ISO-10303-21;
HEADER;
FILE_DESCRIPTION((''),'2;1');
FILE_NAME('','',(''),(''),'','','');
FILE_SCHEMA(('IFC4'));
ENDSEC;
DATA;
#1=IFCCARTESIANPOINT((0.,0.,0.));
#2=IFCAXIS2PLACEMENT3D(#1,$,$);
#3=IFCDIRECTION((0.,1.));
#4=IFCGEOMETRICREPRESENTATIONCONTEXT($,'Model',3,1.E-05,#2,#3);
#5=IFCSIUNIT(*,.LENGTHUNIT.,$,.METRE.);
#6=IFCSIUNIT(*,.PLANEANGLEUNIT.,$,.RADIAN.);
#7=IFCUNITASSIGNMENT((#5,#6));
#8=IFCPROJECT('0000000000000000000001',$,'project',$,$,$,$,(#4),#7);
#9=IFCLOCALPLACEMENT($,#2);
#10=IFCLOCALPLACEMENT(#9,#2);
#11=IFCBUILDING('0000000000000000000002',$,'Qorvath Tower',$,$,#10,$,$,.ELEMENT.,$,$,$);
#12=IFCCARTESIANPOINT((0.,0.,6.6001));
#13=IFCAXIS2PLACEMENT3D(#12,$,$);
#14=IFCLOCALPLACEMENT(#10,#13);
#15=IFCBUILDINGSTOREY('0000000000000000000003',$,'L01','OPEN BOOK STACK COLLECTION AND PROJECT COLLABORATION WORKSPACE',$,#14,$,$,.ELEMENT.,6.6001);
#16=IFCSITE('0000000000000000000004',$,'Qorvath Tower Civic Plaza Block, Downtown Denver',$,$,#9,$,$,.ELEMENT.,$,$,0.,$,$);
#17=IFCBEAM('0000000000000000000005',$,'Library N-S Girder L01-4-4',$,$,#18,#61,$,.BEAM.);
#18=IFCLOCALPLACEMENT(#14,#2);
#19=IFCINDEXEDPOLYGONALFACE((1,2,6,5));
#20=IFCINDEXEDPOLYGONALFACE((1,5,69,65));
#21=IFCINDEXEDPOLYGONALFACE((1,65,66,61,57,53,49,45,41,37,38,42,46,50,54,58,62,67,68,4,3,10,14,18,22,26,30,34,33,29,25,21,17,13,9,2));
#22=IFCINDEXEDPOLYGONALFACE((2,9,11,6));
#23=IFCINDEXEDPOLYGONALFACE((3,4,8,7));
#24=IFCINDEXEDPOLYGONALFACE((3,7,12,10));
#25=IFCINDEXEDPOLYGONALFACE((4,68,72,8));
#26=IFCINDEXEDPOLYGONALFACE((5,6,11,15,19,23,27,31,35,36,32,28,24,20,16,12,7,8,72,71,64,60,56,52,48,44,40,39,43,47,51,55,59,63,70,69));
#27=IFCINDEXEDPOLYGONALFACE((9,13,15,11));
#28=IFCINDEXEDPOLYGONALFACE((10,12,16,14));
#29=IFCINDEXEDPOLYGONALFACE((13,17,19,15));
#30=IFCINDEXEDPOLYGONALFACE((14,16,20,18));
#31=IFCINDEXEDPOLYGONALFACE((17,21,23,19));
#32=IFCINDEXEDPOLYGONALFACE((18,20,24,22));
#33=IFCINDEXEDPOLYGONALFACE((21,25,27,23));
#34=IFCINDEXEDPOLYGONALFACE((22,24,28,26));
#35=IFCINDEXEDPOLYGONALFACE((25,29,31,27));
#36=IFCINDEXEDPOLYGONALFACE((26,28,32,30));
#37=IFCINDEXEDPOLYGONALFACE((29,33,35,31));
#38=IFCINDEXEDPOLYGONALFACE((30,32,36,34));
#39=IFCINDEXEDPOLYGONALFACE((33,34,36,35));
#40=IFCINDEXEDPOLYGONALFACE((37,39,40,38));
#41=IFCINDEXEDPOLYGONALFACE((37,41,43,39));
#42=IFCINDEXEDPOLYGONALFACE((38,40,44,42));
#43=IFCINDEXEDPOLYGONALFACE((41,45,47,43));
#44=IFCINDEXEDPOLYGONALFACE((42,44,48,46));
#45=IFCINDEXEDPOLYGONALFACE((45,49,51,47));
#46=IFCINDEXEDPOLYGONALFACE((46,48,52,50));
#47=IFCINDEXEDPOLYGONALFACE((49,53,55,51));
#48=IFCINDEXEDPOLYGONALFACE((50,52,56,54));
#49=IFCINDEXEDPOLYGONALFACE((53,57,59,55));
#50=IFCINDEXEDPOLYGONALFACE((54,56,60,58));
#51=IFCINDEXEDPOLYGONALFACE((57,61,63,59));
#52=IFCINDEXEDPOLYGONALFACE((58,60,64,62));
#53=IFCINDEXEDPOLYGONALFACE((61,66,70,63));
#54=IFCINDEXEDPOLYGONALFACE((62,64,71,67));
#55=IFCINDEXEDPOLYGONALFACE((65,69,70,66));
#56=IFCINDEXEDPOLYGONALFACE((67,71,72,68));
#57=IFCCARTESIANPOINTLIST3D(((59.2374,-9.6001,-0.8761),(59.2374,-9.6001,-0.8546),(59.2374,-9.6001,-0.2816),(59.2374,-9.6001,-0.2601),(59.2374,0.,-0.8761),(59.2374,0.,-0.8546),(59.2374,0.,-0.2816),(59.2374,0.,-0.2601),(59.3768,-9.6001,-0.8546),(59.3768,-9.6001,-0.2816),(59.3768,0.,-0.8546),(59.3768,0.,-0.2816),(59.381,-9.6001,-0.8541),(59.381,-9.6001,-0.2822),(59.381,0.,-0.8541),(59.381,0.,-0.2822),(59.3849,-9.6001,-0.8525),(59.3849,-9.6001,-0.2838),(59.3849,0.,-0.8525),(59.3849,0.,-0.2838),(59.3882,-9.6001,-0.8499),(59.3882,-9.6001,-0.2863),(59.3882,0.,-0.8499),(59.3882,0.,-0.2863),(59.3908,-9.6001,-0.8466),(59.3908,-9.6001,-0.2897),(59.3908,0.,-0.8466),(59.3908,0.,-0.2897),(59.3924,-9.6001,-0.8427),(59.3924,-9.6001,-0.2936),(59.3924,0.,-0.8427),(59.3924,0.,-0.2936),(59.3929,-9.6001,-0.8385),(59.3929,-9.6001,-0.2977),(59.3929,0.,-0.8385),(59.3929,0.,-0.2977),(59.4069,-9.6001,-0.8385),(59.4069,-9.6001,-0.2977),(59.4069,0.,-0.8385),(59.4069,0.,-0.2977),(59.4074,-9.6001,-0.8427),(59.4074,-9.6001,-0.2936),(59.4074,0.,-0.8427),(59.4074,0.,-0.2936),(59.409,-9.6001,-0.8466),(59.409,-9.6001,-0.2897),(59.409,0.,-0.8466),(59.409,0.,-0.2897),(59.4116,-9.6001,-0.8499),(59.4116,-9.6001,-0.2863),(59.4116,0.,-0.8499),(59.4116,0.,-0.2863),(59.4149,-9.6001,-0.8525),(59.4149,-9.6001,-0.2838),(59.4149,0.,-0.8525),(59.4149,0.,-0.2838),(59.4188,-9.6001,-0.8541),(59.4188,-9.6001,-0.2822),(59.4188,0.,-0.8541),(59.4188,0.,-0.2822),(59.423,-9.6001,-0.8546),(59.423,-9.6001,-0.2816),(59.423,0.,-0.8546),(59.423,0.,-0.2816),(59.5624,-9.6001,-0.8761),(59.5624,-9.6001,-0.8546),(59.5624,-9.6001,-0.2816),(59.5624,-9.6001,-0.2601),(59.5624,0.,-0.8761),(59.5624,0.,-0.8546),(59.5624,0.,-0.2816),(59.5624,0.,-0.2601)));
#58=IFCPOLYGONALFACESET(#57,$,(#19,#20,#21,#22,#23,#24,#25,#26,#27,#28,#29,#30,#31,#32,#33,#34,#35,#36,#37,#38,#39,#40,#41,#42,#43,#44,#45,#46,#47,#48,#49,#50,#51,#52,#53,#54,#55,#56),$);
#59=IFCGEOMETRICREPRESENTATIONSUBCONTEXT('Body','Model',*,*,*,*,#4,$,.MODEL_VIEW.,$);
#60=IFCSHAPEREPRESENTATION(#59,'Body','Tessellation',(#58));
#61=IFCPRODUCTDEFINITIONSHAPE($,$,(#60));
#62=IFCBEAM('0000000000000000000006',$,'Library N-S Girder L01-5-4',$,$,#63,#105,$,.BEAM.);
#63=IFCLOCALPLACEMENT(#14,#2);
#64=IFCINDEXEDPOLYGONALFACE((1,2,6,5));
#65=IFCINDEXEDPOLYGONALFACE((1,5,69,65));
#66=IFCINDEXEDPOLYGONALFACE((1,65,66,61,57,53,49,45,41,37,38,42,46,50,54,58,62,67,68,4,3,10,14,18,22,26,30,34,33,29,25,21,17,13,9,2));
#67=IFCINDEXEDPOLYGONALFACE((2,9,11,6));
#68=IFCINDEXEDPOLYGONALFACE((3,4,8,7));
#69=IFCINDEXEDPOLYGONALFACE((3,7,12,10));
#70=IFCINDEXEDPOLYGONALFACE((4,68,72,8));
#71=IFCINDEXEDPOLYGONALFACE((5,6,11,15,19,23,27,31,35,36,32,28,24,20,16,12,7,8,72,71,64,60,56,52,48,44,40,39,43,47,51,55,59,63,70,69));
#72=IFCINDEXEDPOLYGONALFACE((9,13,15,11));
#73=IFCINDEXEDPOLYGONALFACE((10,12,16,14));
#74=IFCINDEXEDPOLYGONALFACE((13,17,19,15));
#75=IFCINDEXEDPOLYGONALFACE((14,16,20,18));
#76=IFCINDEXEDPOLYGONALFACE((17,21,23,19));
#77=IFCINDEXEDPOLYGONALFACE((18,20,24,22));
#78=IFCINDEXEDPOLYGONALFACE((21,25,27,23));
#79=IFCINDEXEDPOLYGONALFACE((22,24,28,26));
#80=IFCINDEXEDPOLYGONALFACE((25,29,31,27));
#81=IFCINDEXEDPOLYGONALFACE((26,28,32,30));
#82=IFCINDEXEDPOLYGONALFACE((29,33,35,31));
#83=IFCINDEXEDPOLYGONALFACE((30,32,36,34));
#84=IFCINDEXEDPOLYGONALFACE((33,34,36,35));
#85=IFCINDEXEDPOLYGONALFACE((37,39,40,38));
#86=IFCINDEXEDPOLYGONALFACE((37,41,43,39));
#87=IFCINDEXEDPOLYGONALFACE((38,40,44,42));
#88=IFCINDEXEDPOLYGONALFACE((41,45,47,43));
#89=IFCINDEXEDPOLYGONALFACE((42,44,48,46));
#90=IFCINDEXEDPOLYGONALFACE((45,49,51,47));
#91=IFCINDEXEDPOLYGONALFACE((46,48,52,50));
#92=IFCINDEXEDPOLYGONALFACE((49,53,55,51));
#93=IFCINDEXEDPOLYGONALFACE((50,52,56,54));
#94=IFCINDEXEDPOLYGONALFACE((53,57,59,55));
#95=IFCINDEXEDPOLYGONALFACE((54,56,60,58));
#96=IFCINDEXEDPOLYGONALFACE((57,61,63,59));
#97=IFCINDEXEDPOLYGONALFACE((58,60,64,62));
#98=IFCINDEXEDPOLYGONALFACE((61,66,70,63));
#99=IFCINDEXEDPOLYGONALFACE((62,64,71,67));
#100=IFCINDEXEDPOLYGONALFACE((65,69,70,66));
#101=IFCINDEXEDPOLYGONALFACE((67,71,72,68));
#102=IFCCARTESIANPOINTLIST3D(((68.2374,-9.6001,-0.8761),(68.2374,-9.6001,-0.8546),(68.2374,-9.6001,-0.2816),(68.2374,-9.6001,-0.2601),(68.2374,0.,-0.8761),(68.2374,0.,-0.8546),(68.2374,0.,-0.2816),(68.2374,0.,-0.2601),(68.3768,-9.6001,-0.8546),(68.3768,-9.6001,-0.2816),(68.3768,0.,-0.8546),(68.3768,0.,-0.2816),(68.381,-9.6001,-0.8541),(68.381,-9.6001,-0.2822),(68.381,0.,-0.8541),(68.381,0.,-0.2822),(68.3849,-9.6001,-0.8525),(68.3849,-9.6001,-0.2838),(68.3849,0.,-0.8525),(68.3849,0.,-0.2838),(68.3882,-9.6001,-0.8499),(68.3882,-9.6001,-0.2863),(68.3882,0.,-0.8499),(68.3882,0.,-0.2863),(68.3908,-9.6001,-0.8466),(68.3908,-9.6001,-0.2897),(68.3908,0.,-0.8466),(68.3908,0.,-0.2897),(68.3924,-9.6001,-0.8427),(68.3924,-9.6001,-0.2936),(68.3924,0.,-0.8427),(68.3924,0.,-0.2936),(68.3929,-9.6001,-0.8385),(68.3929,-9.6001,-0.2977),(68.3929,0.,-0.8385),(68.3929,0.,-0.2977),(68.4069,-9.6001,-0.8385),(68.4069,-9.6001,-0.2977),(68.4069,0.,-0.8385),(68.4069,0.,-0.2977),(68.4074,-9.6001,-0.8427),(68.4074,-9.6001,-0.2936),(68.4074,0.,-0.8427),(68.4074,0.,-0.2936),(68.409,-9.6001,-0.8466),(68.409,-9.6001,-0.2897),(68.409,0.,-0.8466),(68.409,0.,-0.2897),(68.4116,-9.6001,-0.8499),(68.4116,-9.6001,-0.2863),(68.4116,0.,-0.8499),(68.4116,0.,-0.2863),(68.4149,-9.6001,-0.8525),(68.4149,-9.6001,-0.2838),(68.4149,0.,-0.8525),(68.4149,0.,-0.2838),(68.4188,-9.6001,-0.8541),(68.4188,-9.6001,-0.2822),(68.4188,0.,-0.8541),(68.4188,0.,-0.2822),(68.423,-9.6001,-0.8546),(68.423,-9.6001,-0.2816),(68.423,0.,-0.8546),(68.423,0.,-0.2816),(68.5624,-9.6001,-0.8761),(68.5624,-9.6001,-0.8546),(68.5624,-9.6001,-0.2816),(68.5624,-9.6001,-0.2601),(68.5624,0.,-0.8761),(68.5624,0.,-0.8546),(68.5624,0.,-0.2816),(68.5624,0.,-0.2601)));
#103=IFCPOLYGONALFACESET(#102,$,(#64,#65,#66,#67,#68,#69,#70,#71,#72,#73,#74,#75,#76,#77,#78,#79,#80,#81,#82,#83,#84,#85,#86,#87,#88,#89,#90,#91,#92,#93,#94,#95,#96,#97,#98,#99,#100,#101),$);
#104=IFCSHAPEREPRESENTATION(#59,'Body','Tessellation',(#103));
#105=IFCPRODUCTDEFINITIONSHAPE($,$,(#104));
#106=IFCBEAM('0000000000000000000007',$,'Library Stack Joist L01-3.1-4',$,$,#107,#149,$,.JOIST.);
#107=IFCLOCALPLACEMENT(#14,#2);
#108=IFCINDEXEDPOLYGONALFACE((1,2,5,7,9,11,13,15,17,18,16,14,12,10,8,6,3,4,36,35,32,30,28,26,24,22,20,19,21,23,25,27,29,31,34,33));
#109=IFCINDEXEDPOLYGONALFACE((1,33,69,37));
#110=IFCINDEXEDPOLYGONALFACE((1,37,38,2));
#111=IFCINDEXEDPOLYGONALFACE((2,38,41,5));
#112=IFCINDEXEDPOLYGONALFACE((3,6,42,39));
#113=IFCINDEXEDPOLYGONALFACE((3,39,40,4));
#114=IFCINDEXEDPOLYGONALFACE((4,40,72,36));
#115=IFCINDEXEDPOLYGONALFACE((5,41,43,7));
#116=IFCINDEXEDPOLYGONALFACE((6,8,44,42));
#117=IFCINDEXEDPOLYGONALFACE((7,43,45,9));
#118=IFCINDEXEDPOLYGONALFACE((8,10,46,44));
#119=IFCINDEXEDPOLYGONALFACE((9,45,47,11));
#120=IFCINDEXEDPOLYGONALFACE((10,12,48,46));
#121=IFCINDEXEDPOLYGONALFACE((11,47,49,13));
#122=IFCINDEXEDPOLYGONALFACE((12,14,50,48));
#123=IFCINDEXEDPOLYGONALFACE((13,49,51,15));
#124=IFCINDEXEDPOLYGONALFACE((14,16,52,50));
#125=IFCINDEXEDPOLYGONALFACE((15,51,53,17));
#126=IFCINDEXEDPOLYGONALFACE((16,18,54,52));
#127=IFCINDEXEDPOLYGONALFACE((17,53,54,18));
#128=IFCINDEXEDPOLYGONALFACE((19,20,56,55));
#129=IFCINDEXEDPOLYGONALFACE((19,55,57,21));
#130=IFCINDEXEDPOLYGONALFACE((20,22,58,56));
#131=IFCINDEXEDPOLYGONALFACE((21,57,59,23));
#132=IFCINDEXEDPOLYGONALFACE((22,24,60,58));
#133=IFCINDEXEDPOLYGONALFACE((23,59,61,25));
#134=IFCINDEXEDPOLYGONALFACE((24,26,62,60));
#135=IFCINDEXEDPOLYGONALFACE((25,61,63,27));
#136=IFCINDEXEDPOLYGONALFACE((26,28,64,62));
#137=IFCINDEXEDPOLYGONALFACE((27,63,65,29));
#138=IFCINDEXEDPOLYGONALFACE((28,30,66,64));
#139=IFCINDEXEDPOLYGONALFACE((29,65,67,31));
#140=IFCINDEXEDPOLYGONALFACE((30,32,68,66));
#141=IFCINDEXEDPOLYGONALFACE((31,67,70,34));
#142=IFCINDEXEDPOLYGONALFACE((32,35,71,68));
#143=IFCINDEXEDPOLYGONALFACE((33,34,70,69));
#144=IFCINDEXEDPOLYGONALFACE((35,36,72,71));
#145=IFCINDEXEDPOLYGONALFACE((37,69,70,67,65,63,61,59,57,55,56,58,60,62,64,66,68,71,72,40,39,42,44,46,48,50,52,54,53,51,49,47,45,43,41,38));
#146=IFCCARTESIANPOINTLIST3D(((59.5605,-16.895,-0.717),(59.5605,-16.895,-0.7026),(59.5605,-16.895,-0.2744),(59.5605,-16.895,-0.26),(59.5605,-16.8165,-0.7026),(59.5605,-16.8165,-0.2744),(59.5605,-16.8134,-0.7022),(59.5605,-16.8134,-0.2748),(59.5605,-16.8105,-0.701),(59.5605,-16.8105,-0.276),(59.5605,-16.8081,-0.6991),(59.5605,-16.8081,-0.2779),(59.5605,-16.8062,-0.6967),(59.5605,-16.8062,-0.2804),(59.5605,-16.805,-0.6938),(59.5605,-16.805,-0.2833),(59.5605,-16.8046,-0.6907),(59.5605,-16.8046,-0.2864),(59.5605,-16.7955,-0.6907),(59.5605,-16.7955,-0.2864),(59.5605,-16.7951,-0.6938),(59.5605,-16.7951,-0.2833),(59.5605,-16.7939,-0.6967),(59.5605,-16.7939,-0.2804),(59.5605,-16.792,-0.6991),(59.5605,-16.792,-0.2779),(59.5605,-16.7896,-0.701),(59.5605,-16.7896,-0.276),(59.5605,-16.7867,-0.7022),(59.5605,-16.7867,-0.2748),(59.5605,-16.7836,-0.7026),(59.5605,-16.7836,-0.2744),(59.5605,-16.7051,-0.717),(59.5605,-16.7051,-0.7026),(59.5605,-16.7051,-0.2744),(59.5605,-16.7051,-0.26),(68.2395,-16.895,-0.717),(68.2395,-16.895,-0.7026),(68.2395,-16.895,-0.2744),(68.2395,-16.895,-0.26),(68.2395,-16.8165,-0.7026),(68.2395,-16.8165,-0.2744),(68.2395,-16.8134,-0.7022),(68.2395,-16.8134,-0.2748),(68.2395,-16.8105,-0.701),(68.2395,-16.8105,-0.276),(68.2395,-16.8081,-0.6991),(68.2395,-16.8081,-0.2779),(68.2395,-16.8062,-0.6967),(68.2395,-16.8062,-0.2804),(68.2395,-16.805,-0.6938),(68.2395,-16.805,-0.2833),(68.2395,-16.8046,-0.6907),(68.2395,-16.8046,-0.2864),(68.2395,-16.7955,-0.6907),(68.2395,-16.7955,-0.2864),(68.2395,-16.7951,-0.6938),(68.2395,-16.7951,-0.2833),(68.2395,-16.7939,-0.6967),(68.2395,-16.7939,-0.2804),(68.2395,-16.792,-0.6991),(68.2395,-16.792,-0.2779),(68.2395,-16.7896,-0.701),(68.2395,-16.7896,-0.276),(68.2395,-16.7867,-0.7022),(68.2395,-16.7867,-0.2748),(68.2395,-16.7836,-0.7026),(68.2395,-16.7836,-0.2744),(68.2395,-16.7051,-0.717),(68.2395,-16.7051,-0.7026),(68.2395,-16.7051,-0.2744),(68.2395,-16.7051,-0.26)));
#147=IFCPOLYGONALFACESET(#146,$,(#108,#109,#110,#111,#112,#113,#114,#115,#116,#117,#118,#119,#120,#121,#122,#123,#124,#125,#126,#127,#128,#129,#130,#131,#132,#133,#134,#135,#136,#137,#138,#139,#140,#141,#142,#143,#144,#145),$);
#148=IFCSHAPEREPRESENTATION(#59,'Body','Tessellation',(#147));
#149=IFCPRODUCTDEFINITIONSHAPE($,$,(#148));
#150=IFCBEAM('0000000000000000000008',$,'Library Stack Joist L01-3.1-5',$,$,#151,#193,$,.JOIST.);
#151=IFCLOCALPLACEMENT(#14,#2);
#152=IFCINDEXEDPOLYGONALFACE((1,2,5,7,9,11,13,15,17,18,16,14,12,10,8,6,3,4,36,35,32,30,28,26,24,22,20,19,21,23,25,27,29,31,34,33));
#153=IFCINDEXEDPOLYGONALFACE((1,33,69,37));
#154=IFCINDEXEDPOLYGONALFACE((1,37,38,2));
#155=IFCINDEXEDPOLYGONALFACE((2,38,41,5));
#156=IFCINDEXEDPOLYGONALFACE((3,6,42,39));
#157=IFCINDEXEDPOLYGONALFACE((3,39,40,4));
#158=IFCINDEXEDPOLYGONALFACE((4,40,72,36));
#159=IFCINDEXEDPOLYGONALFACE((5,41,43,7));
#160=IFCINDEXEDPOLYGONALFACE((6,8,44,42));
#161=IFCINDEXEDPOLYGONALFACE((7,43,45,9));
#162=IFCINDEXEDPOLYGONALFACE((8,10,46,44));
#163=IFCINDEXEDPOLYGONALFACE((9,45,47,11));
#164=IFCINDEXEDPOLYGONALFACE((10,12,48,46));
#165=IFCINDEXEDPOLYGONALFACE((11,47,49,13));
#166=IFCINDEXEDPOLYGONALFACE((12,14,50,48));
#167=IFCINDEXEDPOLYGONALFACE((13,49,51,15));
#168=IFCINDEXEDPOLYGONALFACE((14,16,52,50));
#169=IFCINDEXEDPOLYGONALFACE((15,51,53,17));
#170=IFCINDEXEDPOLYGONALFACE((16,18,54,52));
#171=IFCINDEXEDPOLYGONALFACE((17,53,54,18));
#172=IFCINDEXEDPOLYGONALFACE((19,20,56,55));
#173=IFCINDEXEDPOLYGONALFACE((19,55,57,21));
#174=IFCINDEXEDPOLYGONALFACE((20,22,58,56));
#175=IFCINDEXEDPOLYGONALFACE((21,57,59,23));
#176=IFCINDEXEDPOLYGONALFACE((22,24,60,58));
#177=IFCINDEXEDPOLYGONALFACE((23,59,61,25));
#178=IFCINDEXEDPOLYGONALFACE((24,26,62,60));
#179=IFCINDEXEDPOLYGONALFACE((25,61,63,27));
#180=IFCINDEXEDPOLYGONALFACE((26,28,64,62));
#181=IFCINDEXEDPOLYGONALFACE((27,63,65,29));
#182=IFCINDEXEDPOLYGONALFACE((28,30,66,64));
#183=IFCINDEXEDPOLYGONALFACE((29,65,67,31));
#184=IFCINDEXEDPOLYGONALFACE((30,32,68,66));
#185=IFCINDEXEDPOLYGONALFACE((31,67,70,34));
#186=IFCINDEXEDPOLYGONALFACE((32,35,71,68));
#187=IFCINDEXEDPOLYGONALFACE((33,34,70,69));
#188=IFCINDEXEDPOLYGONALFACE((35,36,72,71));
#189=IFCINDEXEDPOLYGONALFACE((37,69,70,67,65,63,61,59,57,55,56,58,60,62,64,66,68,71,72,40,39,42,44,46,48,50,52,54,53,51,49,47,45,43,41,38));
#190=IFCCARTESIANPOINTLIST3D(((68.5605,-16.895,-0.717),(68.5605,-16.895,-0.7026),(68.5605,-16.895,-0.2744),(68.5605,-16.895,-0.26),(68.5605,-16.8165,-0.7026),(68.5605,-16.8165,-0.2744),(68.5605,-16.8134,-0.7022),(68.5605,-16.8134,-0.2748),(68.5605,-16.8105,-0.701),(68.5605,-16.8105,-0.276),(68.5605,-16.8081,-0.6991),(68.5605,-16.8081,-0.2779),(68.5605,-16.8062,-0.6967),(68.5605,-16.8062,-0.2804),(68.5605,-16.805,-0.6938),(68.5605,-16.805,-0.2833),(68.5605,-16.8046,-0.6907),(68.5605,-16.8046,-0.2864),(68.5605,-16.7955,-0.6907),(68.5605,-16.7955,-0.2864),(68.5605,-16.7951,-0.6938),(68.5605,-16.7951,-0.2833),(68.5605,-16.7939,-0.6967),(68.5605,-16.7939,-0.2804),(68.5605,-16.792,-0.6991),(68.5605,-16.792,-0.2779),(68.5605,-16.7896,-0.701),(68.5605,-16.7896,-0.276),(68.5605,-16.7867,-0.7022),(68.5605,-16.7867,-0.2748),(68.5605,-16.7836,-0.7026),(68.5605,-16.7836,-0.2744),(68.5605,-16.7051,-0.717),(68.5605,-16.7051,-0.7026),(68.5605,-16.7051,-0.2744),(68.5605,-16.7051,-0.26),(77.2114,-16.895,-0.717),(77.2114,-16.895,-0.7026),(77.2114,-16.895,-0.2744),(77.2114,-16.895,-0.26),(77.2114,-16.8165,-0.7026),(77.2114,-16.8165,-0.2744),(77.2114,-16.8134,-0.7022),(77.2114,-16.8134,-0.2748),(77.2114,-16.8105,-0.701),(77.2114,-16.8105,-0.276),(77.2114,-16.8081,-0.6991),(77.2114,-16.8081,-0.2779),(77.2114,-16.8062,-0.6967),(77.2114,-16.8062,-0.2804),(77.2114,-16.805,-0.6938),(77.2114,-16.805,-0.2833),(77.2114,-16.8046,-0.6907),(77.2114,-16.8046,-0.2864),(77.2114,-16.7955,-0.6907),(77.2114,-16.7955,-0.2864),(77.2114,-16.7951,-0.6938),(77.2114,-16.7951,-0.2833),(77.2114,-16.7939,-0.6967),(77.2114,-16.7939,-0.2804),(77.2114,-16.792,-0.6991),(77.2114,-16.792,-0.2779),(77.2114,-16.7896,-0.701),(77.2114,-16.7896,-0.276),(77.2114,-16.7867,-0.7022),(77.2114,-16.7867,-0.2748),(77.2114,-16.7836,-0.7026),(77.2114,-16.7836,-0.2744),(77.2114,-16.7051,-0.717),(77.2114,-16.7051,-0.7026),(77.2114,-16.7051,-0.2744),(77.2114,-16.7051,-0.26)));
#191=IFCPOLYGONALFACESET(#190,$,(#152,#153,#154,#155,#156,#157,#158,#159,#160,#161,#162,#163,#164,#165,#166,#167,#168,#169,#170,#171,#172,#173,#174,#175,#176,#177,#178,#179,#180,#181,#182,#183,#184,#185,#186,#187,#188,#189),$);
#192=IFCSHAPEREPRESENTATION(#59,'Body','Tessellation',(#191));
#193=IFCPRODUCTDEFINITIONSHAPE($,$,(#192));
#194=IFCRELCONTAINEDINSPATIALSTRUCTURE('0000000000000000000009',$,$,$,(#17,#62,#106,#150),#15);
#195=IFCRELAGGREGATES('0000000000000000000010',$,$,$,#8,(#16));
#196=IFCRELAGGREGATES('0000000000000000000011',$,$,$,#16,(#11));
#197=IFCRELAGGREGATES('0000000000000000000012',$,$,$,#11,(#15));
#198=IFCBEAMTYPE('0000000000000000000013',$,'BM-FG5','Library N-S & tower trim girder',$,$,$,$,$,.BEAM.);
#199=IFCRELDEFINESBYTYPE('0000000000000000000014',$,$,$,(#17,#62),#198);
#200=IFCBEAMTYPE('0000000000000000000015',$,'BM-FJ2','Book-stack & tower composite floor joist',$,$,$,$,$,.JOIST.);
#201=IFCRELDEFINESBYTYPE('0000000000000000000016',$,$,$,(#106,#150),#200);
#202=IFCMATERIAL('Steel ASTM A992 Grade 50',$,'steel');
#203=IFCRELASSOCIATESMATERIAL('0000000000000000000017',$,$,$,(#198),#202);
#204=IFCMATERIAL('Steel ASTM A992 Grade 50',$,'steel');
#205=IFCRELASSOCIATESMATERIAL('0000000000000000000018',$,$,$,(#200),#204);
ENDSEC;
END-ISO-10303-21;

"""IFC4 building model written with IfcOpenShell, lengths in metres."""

from ifc_helpers import new_model, si_unit, direction, frame, origin, origin_2d, place, context, subcontext, project, spatial, i_section, extrude, material, material_profile, profile_set, type_object, element, save


model = new_model("IFC4")

# Units and contexts
model_context = context("Model", 3, precision=1e-05, world=origin(), true_north=direction((0.0, 1.0)))
body_context = subcontext(model_context, "Body", "Model", "MODEL_VIEW")
ifc_project = project(units=[si_unit("LENGTHUNIT", "METRE"), si_unit("PLANEANGLEUNIT", "RADIAN")], contexts=[model_context])

# Site, building, storey
site_placement = place(None, origin())
site = spatial("IfcSite", under=ifc_project, at=site_placement, Name="Qorvath Tower Civic Plaza Block, Downtown Denver", CompositionType="ELEMENT", RefElevation=0.0)
building_placement = place(site_placement, origin())
building = spatial("IfcBuilding", under=site, at=building_placement, Name="Qorvath Tower", CompositionType="ELEMENT")
storey_placement = place(building_placement, frame((0.0, 0.0, 6.6001)))
storey = spatial("IfcBuildingStorey", under=building, at=storey_placement, Name="L01", Description="OPEN BOOK STACK COLLECTION AND PROJECT COLLABORATION WORKSPACE", CompositionType="ELEMENT", Elevation=6.6001)

# Beams
ifc_material_1 = material(Name="Steel ASTM A992 Grade 50", Category="steel")
ifc_material_profile_1 = material_profile(ifc_material_1, i_section(OverallWidth=0.325, OverallDepth=0.616, WebThickness=0.0139, FlangeThickness=0.0215, FilletRadius=0.0161, at=origin_2d()), Name="W24x117")
ifc_profile_set_1 = profile_set([ifc_material_profile_1], Name="Steel ASTM A992 Grade 50")
beam_type_1 = type_object("IfcBeamType", Name="BM-FG5", Description="Library N-S & tower trim girder", PredefinedType="BEAM", material=ifc_profile_set_1)
for number, where, z_axis, x_axis, name in (
    (1, (59.3999, -9.6001, -0.5681), (0.0, 1.0, 0.0), (-1.0, 0.0, 0.0), "Library N-S Girder L01-4-4"),
    (2, (68.3999, -9.6001, -0.5681), (0.0, 1.0, 0.0), (-1.0, 0.0, 0.0), "Library N-S Girder L01-5-4"),
):
    element("IfcBeam", number, at=place(storey_placement, frame(where, z_axis=z_axis, x_axis=x_axis)), inside=storey, type_object=beam_type_1, Name=name, PredefinedType="BEAM", context=body_context, shape_type="SweptSolid", body=[
        extrude(i_section(OverallWidth=0.325, OverallDepth=0.616, WebThickness=0.0139, FlangeThickness=0.0215, FilletRadius=0.0161, at=origin_2d()), origin(), (0.0, 0.0, 1.0), 9.6001),
    ])
ifc_material_2 = material(Name="Steel ASTM A992 Grade 50", Category="steel")
ifc_material_profile_2 = material_profile(ifc_material_2, i_section(OverallWidth=0.1899, OverallDepth=0.457, WebThickness=0.009, FlangeThickness=0.0144, FilletRadius=0.012, at=origin_2d()), Name="W18x50")
ifc_profile_set_2 = profile_set([ifc_material_profile_2], Name="Steel ASTM A992 Grade 50")
beam_type_2 = type_object("IfcBeamType", Name="BM-FJ2", Description="Book-stack & tower composite floor joist", PredefinedType="JOIST", material=ifc_profile_set_2)
beam_1_placement = place(storey_placement, frame((59.5605, -16.8, -0.4885), z_axis=(1.0, 0.0, 0.0), x_axis=(0.0, 1.0, 0.0)))
element("IfcBeam", 3, at=beam_1_placement, inside=storey, type_object=beam_type_2, Name="Library Stack Joist L01-3.1-4", PredefinedType="JOIST", context=body_context, shape_type="SweptSolid", body=[
    extrude(i_section(OverallWidth=0.1899, OverallDepth=0.457, WebThickness=0.009, FlangeThickness=0.0144, FilletRadius=0.012, at=origin_2d()), origin(), (0.0, 0.0, 1.0), 8.679),
])
beam_2_placement = place(storey_placement, frame((68.5605, -16.8, -0.4885), z_axis=(1.0, 0.0, 0.0), x_axis=(0.0, 1.0, 0.0)))
element("IfcBeam", 4, at=beam_2_placement, inside=storey, type_object=beam_type_2, Name="Library Stack Joist L01-3.1-5", PredefinedType="JOIST", context=body_context, shape_type="SweptSolid", body=[
    extrude(i_section(OverallWidth=0.1899, OverallDepth=0.457, WebThickness=0.009, FlangeThickness=0.0144, FilletRadius=0.012, at=origin_2d()), origin(), (0.0, 0.0, 1.0), 8.6509),
])

save(model, "model.ifc")
